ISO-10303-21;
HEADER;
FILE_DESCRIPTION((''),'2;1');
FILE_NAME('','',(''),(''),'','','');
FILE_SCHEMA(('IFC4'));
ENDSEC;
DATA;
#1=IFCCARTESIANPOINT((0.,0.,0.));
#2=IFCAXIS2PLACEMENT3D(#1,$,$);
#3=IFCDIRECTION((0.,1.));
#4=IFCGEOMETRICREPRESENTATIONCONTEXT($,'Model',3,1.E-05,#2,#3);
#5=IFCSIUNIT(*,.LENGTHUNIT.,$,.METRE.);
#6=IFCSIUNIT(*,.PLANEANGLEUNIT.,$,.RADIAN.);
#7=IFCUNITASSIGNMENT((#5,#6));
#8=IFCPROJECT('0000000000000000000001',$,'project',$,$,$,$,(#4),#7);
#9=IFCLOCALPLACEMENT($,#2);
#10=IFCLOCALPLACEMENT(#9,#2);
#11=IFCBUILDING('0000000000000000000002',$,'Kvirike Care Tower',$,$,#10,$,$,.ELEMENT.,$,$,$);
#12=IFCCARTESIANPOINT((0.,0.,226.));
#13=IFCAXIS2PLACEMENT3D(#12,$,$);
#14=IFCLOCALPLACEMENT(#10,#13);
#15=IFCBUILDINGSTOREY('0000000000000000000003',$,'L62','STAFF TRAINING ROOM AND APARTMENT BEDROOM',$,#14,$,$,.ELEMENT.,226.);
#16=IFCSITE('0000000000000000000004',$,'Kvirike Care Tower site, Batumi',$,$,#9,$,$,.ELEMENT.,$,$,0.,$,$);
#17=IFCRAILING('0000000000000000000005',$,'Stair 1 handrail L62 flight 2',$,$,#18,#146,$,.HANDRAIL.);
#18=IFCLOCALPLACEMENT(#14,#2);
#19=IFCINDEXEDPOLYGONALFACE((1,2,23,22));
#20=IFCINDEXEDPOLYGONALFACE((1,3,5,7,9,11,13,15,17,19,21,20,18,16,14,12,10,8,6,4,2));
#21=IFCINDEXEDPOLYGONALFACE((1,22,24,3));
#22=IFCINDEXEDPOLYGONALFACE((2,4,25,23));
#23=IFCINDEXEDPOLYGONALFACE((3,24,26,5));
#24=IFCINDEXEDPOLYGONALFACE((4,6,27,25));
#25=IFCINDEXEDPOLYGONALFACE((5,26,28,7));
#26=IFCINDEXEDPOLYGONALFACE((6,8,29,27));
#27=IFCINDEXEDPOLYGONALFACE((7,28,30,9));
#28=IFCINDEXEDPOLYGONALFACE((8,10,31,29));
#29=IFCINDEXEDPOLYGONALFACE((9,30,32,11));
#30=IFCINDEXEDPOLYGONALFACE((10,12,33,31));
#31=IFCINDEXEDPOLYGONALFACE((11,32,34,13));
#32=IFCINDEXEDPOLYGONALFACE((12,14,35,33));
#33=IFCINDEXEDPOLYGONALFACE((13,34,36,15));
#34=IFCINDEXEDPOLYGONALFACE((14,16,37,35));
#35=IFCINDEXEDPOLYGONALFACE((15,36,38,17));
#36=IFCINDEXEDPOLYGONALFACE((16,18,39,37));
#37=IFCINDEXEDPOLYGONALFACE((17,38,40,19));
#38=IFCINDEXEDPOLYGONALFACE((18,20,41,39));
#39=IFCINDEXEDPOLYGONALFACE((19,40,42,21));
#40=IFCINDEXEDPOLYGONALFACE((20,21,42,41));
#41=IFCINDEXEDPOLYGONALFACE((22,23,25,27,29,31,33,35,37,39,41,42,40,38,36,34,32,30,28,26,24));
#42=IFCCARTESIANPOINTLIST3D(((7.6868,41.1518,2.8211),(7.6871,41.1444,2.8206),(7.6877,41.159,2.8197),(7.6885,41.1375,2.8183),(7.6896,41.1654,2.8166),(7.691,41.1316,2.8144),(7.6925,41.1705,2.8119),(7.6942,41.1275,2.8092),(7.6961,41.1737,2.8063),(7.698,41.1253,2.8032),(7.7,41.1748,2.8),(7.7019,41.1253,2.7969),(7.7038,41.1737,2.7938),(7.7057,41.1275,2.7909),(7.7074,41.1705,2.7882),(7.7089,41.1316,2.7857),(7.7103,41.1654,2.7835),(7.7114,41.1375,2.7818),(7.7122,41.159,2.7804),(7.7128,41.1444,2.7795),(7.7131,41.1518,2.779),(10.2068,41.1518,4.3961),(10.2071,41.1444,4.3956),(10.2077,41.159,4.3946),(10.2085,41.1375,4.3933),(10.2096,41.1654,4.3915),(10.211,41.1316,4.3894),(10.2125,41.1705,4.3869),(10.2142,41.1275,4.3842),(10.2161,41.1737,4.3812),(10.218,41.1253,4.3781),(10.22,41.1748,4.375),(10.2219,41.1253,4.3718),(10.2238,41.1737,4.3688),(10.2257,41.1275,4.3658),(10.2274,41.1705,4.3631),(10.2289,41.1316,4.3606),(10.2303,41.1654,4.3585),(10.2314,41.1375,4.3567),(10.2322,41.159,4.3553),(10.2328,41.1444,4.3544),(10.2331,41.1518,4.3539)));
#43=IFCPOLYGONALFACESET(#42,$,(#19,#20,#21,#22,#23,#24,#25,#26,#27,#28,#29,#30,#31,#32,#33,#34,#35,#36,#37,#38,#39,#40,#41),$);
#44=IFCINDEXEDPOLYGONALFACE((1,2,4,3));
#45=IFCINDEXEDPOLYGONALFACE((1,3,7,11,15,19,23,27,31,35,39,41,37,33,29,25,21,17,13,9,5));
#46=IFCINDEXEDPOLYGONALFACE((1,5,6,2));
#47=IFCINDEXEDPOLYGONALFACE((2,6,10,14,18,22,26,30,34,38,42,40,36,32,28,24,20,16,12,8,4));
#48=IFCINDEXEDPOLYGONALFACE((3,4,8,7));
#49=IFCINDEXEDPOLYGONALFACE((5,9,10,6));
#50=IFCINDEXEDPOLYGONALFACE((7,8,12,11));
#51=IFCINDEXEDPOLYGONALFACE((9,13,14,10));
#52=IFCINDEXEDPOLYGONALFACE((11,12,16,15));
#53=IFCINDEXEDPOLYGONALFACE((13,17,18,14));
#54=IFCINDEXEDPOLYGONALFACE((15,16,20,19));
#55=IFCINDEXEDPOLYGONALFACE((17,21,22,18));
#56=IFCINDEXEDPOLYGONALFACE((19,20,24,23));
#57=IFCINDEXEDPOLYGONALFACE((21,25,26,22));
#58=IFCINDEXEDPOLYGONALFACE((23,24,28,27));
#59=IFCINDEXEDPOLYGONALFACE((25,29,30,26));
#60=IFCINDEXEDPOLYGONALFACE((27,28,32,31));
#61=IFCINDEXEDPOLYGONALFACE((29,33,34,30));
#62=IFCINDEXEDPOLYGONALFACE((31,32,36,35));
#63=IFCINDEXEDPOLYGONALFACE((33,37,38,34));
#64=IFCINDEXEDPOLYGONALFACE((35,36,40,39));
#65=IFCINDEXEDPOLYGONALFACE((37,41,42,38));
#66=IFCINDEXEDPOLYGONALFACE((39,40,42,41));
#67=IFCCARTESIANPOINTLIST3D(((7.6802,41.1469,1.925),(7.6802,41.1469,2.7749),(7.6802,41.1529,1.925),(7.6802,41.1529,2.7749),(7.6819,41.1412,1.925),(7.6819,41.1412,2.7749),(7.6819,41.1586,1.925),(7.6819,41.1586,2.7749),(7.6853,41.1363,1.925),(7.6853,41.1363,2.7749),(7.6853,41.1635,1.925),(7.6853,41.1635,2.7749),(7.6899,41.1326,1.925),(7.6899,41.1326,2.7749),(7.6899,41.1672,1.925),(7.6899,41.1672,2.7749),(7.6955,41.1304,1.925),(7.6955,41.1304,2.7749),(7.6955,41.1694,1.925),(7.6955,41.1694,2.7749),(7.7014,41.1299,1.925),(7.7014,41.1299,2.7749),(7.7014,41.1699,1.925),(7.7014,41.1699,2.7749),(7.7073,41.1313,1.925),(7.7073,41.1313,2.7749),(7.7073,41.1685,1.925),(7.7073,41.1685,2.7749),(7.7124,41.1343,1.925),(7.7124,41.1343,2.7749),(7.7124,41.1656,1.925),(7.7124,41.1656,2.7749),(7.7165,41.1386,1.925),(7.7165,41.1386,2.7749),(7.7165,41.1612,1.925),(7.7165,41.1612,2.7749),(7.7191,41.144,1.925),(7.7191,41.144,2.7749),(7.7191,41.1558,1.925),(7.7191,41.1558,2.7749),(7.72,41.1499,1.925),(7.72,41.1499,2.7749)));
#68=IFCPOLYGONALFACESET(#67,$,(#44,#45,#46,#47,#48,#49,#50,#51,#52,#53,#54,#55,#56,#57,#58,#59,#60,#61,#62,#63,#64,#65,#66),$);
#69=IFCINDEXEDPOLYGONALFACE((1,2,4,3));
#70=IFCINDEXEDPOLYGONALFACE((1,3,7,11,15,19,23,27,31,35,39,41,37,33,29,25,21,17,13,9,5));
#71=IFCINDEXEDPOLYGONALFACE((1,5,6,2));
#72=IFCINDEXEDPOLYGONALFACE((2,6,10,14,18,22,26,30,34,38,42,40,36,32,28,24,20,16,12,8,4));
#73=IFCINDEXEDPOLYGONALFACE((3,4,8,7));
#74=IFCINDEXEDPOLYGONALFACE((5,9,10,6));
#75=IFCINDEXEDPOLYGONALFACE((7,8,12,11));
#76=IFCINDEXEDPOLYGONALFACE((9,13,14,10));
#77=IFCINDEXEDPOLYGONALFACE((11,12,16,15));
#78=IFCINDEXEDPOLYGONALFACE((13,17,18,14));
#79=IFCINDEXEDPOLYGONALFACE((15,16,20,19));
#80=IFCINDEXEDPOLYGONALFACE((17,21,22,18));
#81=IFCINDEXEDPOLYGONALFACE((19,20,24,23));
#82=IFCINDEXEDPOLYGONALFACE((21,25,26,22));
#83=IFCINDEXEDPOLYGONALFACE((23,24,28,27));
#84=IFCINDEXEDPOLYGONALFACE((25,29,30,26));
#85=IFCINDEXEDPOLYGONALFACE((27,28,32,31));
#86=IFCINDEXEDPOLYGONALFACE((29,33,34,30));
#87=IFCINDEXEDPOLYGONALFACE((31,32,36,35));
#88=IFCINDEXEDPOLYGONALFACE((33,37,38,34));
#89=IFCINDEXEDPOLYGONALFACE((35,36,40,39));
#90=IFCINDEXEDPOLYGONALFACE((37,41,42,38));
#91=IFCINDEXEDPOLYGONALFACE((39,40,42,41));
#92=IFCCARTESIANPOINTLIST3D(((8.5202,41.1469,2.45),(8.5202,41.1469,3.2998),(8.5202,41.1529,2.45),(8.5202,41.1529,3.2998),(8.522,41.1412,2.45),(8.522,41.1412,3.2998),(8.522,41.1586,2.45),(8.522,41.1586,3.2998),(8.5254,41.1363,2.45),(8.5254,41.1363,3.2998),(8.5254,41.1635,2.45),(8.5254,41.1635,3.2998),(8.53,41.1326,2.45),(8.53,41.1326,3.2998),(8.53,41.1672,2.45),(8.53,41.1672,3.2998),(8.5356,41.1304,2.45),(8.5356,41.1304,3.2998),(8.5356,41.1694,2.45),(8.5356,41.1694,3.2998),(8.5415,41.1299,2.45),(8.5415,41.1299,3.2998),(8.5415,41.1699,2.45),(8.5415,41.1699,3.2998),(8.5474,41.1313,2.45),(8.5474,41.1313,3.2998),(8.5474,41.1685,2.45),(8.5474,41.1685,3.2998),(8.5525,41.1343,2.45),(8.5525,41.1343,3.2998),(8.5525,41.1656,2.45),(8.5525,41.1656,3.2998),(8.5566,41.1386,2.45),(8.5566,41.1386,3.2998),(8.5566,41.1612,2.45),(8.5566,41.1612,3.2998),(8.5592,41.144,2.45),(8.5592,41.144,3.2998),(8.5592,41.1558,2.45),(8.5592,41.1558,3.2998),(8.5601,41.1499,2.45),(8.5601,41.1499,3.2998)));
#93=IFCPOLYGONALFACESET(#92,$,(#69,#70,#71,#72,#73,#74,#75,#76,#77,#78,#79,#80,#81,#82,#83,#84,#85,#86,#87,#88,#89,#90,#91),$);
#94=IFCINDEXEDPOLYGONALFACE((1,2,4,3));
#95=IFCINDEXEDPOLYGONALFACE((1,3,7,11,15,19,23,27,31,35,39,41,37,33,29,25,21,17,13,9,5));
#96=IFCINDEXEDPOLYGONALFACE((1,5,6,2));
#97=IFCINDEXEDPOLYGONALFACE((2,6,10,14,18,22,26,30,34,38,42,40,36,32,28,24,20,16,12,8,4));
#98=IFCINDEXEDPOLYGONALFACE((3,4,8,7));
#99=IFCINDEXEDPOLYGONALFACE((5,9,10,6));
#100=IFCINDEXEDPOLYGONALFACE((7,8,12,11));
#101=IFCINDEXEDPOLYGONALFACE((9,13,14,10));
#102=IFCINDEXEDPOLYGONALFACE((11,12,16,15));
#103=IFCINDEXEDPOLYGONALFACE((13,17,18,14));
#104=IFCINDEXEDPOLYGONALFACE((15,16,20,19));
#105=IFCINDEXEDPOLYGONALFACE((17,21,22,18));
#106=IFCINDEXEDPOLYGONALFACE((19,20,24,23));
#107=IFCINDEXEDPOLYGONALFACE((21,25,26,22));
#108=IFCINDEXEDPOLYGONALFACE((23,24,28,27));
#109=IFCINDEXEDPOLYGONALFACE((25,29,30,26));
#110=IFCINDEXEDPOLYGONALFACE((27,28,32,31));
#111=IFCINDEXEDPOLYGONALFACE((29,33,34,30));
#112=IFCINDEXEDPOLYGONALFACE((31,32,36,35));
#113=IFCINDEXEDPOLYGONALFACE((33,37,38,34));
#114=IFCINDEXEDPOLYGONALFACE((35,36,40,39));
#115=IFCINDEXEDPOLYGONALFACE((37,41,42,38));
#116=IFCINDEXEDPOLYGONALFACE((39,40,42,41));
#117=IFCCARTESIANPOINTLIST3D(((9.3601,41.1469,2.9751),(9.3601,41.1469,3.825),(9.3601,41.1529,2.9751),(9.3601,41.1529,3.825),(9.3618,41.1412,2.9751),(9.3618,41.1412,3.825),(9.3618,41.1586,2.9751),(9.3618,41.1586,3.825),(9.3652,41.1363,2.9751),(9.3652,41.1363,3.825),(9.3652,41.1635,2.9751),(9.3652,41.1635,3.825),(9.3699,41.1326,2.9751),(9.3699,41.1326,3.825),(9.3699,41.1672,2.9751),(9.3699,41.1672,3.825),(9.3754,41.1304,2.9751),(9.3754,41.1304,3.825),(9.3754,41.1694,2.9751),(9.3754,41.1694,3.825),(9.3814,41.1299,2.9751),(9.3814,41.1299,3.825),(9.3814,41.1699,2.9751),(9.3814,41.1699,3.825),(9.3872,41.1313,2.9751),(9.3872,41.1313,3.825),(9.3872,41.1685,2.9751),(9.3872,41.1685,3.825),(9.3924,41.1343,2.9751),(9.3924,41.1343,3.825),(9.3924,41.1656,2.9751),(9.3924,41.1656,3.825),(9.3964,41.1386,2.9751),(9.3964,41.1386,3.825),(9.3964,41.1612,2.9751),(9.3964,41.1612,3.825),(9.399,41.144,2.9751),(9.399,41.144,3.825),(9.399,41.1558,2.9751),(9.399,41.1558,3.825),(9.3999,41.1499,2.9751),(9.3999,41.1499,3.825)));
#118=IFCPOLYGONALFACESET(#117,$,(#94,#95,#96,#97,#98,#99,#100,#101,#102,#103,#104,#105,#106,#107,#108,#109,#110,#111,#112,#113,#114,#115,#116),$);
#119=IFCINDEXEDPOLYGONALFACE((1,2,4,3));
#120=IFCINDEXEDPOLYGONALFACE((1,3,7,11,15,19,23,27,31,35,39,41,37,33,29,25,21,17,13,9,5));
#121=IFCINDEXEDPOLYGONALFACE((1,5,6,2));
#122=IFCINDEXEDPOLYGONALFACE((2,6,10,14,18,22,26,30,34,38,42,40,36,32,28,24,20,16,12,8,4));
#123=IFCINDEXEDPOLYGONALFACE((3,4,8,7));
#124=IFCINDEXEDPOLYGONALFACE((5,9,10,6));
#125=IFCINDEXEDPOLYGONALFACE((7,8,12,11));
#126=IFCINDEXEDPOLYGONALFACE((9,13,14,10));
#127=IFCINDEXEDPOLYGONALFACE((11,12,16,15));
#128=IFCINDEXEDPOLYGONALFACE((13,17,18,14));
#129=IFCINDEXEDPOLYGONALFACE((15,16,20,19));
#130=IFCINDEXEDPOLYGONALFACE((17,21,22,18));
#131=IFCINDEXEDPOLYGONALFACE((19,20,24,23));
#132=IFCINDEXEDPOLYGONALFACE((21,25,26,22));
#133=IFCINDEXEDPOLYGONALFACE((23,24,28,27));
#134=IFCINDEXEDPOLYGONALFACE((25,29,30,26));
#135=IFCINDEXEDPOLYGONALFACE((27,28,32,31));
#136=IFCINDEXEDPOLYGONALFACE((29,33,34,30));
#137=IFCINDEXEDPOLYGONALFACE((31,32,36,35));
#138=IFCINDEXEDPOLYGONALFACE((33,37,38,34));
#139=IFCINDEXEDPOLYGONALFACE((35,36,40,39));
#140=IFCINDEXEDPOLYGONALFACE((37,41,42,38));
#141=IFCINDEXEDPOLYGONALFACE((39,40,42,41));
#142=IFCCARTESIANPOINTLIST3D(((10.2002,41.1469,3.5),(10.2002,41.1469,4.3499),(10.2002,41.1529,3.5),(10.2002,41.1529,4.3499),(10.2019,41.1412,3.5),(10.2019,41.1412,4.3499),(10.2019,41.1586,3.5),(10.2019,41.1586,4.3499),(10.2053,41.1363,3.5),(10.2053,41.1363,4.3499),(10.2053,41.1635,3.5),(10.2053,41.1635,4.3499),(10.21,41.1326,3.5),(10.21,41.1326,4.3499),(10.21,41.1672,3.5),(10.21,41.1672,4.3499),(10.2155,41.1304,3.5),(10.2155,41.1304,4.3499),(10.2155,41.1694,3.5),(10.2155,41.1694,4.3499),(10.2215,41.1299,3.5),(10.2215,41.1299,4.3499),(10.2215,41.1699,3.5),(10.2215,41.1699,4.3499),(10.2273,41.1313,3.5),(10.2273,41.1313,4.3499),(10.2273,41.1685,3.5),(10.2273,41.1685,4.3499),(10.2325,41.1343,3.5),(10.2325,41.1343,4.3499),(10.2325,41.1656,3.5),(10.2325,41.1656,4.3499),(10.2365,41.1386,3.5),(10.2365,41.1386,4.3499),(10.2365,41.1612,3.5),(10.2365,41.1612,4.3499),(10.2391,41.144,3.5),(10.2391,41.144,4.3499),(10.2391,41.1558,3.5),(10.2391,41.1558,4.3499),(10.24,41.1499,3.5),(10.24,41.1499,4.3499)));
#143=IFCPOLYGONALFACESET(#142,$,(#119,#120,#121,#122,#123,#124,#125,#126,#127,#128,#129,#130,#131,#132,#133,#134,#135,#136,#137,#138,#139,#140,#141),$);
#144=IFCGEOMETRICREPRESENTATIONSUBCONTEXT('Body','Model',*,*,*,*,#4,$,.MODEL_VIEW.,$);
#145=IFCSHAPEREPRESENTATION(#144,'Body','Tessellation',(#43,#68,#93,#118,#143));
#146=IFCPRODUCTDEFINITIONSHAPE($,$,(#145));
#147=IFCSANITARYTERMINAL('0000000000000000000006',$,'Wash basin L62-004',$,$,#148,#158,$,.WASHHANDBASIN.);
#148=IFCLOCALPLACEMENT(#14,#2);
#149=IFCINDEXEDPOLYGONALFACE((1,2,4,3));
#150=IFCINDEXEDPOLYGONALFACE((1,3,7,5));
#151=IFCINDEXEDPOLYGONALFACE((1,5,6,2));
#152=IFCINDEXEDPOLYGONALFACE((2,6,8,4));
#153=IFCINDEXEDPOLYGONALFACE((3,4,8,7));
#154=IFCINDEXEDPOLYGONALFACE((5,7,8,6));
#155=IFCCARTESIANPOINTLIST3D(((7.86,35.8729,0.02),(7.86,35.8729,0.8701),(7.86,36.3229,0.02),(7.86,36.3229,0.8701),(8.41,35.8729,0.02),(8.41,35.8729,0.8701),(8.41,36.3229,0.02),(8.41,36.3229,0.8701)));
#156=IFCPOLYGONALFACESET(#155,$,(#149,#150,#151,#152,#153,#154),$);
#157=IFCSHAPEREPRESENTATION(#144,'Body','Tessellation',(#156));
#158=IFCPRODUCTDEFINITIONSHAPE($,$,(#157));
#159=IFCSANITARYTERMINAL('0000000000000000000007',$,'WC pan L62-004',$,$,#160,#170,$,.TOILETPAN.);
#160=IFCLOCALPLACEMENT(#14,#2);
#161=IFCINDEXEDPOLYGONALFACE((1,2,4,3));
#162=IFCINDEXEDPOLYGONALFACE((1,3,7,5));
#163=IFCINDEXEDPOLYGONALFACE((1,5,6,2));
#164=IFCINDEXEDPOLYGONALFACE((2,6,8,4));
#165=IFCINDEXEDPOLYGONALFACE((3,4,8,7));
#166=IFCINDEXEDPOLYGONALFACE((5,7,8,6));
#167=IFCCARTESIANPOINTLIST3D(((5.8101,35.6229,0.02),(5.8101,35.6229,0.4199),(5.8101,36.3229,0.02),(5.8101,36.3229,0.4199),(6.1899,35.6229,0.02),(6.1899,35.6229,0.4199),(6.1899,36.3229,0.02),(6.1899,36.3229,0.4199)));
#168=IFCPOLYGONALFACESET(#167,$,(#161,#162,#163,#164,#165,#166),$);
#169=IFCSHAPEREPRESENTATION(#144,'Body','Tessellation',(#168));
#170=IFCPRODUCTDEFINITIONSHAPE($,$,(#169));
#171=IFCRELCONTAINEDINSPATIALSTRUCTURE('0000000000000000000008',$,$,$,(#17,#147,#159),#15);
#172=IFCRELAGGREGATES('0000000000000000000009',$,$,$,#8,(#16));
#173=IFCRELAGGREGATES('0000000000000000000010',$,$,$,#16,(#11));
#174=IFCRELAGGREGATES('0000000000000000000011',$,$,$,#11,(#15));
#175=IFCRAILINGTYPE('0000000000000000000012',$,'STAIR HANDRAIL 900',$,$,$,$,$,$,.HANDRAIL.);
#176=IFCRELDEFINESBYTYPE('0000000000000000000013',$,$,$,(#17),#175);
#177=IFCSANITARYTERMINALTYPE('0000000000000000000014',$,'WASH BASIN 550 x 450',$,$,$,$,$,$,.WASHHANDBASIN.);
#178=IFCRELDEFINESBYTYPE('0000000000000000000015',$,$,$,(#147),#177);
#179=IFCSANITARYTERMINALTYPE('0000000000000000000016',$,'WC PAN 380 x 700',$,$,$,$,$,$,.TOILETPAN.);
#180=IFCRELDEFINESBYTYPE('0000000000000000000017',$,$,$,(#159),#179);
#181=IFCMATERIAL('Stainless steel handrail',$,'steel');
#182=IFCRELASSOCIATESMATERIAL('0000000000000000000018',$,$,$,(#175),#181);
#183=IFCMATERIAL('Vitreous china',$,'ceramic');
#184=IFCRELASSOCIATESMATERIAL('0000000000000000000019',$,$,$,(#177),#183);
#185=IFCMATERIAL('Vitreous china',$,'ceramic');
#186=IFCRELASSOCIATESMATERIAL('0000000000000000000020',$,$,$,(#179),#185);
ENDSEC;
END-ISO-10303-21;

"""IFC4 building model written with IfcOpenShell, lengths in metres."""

from ifc_helpers import new_model, si_unit, direction, frame, origin, origin_2d, place, context, subcontext, project, spatial, rectangle, circle, extrude, material, type_object, element, save


model = new_model("IFC4")

# Units and contexts
model_context = context("Model", 3, precision=1e-05, world=origin(), true_north=direction((0.0, 1.0)))
body_context = subcontext(model_context, "Body", "Model", "MODEL_VIEW")
ifc_project = project(units=[si_unit("LENGTHUNIT", "METRE"), si_unit("PLANEANGLEUNIT", "RADIAN")], contexts=[model_context])

# Site, building, storey
site_placement = place(None, origin())
site = spatial("IfcSite", under=ifc_project, at=site_placement, Name="Kvirike Care Tower site, Batumi", CompositionType="ELEMENT", RefElevation=0.0)
building_placement = place(site_placement, origin())
building = spatial("IfcBuilding", under=site, at=building_placement, Name="Kvirike Care Tower", CompositionType="ELEMENT")
storey_placement = place(building_placement, frame((0.0, 0.0, 226.0)))
storey = spatial("IfcBuildingStorey", under=building, at=storey_placement, Name="L62", Description="STAFF TRAINING ROOM AND APARTMENT BEDROOM", CompositionType="ELEMENT", Elevation=226.0)

# Railing
ifc_material_1 = material(Name="Stainless steel handrail", Category="steel")
railing_type = type_object("IfcRailingType", Name="STAIR HANDRAIL 900", PredefinedType="HANDRAIL", material=ifc_material_1)
railing_placement = place(storey_placement, frame((7.7, 41.1499, 1.925)))
element("IfcRailing", 1, at=railing_placement, inside=storey, type_object=railing_type, Name="Stair 1 handrail L62 flight 2", PredefinedType="HANDRAIL", context=body_context, shape_type="SweptSolid", body=[
    extrude(circle(Radius=0.0249, at=origin_2d()), frame((0.0, 0.0, 0.875), z_axis=(0.848008, 0.0, 0.529984), x_axis=(0.0, 1.0, 0.0)), (0.0, 0.0, 1.0), 2.9717),
    extrude(circle(Radius=0.02, at=origin_2d()), origin(), (0.0, 0.0, 1.0), 0.8499),
    extrude(circle(Radius=0.02, at=origin_2d()), frame((0.8401, 0.0, 0.5249)), (0.0, 0.0, 1.0), 0.8499),
    extrude(circle(Radius=0.02, at=origin_2d()), frame((1.6799, 0.0, 1.05)), (0.0, 0.0, 1.0), 0.8499),
    extrude(circle(Radius=0.02, at=origin_2d()), frame((2.52, 0.0, 1.575)), (0.0, 0.0, 1.0), 0.8499),
])

# Sanitary terminals
ifc_material_2 = material(Name="Vitreous china", Category="ceramic")
sanitary_terminal_type_1 = type_object("IfcSanitaryTerminalType", Name="WASH BASIN 550 x 450", PredefinedType="WASHHANDBASIN", material=ifc_material_2)
sanitary_terminal_1_placement = place(storey_placement, frame((8.135, 36.0979, 0.02), z_axis=(0.0, 0.0, 1.0), x_axis=(1.0, 0.0, 0.0)))
element("IfcSanitaryTerminal", 2, at=sanitary_terminal_1_placement, inside=storey, type_object=sanitary_terminal_type_1, Name="Wash basin L62-004", PredefinedType="WASHHANDBASIN", context=body_context, shape_type="SweptSolid", body=[
    extrude(rectangle(XDim=0.55, YDim=0.45, at=origin_2d()), origin(), (0.0, 0.0, 1.0), 0.8501),
])
ifc_material_3 = material(Name="Vitreous china", Category="ceramic")
sanitary_terminal_type_2 = type_object("IfcSanitaryTerminalType", Name="WC PAN 380 x 700", PredefinedType="TOILETPAN", material=ifc_material_3)
sanitary_terminal_2_placement = place(storey_placement, frame((6.0, 35.9729, 0.02), z_axis=(0.0, 0.0, 1.0), x_axis=(1.0, 0.0, 0.0)))
element("IfcSanitaryTerminal", 3, at=sanitary_terminal_2_placement, inside=storey, type_object=sanitary_terminal_type_2, Name="WC pan L62-004", PredefinedType="TOILETPAN", context=body_context, shape_type="SweptSolid", body=[
    extrude(rectangle(XDim=0.3799, YDim=0.7, at=origin_2d()), origin(), (0.0, 0.0, 1.0), 0.3999),
])

save(model, "model.ifc")
